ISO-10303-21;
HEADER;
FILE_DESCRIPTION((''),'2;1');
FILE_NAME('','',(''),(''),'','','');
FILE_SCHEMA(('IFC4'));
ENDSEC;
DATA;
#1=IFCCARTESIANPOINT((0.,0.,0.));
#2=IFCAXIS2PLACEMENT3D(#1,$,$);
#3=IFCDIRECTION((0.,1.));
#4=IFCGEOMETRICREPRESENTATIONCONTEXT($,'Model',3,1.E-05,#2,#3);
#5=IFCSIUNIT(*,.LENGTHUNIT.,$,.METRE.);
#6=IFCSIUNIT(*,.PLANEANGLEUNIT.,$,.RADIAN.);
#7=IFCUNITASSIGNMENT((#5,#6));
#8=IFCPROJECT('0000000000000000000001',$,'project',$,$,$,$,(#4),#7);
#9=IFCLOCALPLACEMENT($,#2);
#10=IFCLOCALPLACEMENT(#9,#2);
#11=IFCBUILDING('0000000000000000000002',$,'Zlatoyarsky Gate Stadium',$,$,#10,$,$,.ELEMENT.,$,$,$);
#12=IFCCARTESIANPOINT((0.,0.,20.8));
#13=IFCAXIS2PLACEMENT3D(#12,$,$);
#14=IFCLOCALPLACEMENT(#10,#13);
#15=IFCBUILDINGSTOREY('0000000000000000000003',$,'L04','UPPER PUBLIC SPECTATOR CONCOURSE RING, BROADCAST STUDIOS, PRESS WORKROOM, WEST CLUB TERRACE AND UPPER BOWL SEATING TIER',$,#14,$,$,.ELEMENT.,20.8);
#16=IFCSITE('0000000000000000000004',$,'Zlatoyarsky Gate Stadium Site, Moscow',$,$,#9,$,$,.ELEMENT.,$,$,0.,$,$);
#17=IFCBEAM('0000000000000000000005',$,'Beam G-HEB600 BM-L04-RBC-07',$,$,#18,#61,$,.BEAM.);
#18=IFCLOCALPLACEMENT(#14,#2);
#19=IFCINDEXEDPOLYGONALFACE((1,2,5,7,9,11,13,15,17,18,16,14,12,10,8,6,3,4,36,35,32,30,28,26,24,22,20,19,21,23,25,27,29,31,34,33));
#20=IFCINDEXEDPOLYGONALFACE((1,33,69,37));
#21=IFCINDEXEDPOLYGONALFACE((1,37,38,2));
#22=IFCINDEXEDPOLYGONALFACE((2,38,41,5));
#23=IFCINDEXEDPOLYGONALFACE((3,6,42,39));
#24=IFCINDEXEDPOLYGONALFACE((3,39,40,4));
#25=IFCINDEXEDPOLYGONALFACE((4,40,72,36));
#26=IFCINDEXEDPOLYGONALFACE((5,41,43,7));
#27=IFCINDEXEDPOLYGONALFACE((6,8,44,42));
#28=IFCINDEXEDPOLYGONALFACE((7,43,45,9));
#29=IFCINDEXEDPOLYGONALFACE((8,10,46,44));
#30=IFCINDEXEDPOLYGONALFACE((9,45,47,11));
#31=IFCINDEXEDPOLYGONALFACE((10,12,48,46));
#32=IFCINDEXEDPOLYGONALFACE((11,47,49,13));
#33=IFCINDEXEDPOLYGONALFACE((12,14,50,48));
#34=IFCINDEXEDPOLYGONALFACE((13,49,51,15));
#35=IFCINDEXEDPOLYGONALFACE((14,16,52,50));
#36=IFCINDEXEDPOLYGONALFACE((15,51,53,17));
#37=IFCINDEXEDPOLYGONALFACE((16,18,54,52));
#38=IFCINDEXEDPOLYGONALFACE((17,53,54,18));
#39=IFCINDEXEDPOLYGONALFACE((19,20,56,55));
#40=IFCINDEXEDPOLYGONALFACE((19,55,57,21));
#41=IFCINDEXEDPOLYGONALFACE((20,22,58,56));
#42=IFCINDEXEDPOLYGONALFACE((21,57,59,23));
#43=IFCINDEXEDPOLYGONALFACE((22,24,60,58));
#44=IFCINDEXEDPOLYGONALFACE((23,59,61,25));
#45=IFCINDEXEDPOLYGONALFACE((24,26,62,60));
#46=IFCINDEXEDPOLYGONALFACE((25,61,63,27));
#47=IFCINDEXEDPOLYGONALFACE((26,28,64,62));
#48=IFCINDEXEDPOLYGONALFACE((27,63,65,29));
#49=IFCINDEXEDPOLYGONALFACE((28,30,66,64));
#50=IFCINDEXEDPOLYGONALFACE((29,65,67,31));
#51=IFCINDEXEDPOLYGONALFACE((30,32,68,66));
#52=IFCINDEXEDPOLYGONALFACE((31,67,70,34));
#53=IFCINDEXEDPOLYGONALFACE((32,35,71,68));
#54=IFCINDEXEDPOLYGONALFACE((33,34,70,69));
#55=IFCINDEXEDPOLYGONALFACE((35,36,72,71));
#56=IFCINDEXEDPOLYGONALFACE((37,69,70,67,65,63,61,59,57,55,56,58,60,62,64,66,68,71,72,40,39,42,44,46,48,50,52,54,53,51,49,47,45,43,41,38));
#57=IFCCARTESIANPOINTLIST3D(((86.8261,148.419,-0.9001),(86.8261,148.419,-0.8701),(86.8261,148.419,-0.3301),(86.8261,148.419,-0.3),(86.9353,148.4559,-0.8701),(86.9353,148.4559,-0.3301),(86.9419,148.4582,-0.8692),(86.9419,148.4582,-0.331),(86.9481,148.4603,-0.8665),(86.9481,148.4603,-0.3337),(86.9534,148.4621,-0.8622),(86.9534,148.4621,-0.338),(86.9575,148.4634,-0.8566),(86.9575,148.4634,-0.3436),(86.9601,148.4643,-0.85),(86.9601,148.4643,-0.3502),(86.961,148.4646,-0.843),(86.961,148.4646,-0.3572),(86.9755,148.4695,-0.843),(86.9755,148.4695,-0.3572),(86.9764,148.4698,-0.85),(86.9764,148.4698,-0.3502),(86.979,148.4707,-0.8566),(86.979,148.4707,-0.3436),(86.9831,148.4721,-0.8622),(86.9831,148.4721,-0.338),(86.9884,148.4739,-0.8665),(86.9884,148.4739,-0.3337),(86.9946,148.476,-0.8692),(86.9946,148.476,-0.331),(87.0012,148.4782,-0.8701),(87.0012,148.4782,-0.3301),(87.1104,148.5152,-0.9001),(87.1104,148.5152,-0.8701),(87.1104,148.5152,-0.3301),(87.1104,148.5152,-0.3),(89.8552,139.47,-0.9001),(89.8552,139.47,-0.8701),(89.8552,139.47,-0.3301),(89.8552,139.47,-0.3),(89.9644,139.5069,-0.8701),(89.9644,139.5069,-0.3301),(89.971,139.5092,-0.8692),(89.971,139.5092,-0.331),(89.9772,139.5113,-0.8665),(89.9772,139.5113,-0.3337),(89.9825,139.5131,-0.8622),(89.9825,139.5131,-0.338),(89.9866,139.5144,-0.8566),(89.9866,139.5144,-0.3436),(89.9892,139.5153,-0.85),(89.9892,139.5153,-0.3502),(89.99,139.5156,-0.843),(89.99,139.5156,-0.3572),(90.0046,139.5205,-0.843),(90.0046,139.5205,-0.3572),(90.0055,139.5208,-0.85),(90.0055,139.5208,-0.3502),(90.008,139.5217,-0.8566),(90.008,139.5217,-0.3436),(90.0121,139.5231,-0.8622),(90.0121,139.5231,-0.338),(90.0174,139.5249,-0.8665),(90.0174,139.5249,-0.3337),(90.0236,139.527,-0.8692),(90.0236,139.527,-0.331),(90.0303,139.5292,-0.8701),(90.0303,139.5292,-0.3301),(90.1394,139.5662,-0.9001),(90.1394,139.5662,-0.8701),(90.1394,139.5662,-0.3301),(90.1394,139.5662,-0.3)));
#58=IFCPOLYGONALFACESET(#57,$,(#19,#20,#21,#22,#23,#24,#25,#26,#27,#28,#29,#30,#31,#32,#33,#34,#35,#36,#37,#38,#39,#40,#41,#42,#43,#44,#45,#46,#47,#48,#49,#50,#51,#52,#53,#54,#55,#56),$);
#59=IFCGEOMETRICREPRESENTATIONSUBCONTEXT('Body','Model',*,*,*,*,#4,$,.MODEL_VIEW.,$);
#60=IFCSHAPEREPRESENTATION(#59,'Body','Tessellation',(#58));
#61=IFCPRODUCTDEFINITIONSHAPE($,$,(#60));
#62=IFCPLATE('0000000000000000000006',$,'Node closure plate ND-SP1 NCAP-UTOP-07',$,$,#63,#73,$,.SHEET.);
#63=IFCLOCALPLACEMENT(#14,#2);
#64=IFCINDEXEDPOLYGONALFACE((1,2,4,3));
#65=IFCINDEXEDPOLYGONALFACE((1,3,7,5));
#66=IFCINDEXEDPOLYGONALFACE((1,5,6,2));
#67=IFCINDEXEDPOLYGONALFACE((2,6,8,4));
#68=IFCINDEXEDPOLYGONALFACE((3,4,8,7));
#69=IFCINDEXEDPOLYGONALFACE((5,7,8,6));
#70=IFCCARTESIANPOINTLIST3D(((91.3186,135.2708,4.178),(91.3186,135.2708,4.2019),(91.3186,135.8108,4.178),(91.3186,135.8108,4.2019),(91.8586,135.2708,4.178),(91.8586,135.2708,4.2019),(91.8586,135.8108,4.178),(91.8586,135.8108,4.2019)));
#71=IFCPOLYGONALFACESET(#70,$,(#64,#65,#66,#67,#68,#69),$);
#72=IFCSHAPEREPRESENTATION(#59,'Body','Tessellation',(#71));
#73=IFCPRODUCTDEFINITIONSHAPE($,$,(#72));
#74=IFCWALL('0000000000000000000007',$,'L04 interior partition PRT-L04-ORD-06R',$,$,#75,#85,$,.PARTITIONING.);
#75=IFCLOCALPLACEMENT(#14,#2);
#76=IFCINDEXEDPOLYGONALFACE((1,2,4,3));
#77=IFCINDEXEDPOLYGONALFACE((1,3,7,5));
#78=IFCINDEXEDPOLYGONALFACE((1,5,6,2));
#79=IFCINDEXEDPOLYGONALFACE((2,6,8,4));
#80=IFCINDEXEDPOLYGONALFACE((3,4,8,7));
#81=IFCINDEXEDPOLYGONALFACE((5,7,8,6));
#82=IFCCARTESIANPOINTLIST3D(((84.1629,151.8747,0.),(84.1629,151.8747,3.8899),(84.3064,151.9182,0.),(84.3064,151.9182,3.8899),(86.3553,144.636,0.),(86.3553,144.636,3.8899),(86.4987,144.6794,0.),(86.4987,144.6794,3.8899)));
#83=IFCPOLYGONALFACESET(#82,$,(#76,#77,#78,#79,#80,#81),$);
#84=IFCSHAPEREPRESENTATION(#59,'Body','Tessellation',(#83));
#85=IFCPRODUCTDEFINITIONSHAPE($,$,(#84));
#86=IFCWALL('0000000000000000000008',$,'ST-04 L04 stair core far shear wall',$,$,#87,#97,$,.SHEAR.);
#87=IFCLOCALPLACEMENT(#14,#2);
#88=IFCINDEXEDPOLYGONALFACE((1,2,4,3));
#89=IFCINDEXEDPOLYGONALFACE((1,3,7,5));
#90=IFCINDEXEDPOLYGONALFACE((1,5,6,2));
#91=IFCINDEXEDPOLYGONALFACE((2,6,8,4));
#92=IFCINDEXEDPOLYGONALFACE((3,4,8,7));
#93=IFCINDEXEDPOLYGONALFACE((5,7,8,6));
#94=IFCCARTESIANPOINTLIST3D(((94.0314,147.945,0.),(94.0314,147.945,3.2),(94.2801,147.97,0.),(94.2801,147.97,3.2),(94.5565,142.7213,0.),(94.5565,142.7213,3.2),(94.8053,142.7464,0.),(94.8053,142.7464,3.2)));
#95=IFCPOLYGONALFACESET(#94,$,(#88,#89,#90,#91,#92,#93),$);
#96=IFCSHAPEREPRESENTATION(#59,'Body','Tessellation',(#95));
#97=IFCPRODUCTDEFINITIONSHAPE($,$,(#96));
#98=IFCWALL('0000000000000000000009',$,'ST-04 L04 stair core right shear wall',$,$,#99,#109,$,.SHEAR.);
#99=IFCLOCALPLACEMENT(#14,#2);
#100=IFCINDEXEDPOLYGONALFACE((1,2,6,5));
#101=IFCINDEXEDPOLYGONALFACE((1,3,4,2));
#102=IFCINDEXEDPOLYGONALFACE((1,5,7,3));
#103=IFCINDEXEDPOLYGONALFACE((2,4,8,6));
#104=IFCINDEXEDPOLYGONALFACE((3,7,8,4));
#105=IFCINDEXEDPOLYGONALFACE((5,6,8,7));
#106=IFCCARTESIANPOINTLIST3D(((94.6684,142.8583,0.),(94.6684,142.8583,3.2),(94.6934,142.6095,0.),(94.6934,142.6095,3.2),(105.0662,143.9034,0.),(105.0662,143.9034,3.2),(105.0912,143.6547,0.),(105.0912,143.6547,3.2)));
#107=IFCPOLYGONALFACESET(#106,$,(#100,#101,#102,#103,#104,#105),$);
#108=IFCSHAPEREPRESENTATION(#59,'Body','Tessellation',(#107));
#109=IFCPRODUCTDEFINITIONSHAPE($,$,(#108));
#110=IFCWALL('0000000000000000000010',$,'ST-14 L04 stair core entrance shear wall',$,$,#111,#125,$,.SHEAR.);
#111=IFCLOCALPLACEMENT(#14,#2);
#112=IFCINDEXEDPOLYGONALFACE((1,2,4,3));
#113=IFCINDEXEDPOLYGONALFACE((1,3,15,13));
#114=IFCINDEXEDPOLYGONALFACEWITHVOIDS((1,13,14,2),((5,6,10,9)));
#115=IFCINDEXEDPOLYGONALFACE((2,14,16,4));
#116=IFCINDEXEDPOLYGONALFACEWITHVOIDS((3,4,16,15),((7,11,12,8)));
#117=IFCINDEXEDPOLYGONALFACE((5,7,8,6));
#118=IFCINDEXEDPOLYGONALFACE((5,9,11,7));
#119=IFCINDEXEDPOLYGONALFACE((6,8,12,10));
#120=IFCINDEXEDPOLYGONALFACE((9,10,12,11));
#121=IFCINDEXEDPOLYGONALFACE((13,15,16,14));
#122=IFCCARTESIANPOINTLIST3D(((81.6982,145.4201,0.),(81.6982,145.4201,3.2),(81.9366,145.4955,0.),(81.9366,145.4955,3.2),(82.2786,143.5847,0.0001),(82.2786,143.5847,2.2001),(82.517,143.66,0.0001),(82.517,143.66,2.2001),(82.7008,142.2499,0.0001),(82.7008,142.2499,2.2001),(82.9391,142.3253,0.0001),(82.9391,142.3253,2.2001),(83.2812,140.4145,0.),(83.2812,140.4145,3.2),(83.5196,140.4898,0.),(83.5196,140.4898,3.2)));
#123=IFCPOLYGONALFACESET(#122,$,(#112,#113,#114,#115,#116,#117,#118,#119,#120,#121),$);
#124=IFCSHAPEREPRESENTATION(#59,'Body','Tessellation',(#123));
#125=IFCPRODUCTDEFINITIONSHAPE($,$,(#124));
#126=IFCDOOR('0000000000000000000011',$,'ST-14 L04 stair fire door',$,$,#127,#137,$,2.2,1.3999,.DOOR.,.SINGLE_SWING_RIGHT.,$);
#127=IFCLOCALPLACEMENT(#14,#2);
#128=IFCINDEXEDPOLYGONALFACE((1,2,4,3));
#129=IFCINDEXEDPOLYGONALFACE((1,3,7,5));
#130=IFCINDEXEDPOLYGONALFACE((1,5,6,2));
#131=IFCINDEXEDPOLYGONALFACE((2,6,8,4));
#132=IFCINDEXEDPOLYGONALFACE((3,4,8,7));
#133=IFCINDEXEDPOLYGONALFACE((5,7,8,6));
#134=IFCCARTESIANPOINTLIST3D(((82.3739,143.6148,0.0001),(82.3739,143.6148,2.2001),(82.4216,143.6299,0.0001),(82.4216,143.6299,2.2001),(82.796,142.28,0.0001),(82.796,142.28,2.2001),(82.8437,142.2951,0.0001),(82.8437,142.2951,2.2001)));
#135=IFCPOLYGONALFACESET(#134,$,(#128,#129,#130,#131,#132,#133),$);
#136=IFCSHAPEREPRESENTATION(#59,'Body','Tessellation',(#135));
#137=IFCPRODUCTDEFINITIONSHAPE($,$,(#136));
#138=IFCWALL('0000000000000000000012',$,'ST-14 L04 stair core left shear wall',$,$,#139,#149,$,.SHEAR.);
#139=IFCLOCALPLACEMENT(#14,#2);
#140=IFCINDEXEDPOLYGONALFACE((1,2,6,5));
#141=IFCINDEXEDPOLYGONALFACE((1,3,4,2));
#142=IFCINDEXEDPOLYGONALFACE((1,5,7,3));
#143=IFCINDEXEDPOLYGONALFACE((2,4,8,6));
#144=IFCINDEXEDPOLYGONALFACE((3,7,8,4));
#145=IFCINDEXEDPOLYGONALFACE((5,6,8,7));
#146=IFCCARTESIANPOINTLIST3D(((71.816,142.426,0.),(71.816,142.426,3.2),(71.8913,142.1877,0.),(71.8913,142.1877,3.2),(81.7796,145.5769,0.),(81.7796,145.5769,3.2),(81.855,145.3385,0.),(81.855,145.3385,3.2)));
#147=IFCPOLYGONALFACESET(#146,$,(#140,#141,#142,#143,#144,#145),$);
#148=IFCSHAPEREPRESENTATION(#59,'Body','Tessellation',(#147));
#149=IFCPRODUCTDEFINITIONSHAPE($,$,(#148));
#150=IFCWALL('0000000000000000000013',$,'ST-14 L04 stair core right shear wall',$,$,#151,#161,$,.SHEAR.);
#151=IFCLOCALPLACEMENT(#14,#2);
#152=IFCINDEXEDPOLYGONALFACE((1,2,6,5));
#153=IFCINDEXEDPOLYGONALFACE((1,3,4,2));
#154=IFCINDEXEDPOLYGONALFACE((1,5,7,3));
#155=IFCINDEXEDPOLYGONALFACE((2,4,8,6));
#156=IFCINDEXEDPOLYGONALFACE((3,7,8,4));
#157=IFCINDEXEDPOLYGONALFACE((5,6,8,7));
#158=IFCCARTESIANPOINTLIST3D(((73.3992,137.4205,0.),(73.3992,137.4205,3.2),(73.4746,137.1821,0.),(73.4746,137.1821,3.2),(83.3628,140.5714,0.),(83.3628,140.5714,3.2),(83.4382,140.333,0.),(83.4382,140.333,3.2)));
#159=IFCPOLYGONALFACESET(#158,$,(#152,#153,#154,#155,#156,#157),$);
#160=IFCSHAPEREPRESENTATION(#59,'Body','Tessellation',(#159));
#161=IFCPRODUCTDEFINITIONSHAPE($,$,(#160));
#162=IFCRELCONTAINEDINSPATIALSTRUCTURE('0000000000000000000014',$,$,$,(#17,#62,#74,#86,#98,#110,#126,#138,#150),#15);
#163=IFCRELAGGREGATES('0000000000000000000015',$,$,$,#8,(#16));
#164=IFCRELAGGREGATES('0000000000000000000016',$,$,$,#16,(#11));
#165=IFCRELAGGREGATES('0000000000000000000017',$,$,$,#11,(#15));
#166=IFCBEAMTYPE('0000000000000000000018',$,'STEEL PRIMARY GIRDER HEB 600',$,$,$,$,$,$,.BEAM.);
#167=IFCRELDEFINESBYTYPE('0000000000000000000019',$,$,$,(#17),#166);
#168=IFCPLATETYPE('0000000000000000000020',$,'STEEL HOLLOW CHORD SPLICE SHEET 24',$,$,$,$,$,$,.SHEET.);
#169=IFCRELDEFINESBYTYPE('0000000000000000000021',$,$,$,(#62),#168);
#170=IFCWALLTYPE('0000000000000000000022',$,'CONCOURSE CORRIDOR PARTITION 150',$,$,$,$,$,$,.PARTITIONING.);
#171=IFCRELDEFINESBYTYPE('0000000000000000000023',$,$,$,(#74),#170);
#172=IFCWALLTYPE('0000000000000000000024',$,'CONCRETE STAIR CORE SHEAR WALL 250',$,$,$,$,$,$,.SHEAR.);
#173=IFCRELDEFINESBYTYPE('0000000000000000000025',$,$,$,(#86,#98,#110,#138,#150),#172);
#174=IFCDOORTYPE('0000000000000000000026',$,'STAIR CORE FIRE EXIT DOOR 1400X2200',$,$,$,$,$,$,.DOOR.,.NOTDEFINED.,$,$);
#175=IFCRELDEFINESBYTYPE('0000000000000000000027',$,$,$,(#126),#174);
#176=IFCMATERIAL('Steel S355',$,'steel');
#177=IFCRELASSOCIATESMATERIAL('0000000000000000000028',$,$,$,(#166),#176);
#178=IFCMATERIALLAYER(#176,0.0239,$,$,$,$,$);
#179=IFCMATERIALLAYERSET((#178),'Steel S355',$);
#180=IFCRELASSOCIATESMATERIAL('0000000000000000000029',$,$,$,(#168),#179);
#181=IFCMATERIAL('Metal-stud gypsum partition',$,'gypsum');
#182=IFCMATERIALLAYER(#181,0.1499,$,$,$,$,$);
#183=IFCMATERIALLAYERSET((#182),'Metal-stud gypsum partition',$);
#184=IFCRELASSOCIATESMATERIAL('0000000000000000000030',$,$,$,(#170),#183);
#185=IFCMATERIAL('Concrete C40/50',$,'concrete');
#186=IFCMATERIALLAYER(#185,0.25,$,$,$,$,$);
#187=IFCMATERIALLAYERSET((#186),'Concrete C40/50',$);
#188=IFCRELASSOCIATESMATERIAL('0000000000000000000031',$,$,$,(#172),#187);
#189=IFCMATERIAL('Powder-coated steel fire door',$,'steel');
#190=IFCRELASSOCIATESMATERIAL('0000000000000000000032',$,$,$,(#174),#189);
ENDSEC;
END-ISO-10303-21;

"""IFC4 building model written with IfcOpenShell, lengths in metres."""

from ifc_helpers import new_model, si_unit, direction, frame, frame_2d, origin, origin_2d, place, context, subcontext, project, spatial, rectangle, i_section, extrude, material, layer, layer_set, material_profile, profile_set, type_object, element, fill, save


model = new_model("IFC4")

# Units and contexts
model_context = context("Model", 3, precision=1e-05, world=origin(), true_north=direction((0.0, 1.0)))
body_context = subcontext(model_context, "Body", "Model", "MODEL_VIEW")
ifc_project = project(units=[si_unit("LENGTHUNIT", "METRE"), si_unit("PLANEANGLEUNIT", "RADIAN")], contexts=[model_context])

# Site, building, storey
site_placement = place(None, origin())
site = spatial("IfcSite", under=ifc_project, at=site_placement, Name="Zlatoyarsky Gate Stadium Site, Moscow", CompositionType="ELEMENT", RefElevation=0.0)
building_placement = place(site_placement, origin())
building = spatial("IfcBuilding", under=site, at=building_placement, Name="Zlatoyarsky Gate Stadium", CompositionType="ELEMENT")
storey_placement = place(building_placement, frame((0.0, 0.0, 20.8)))
storey = spatial("IfcBuildingStorey", under=building, at=storey_placement, Name="L04", Description="UPPER PUBLIC SPECTATOR CONCOURSE RING, BROADCAST STUDIOS, PRESS WORKROOM, WEST CLUB TERRACE AND UPPER BOWL SEATING TIER", CompositionType="ELEMENT", Elevation=20.8)

# Shared definitions
ifc_material_1 = material(Name="Steel S355", Category="steel")

# Beam
ifc_material_2 = material(Name="Concrete C40/50", Category="concrete")
ifc_material_profile_1 = material_profile(ifc_material_1, i_section(OverallWidth=0.3, OverallDepth=0.6001, WebThickness=0.0154, FlangeThickness=0.03, FilletRadius=0.0271, at=origin_2d()), Name="HEB 600")
ifc_profile_set_1 = profile_set([ifc_material_profile_1], Name="Steel S355")
beam_type_1 = type_object("IfcBeamType", Name="STEEL PRIMARY GIRDER HEB 600", PredefinedType="BEAM", material=ifc_profile_set_1)
beam_1_placement = place(storey_placement, frame((89.9973, 139.5181, -0.6001), z_axis=(-0.320612, 0.947211, 0.0), x_axis=(-0.947211, -0.320612, 0.0)))
element("IfcBeam", 1, at=beam_1_placement, inside=storey, type_object=beam_type_1, Name="Beam G-HEB600 BM-L04-RBC-07", PredefinedType="BEAM", context=body_context, shape_type="SweptSolid", body=[
    extrude(i_section(OverallWidth=0.3, OverallDepth=0.6001, WebThickness=0.0154, FlangeThickness=0.03, FilletRadius=0.0271, at=origin_2d()), origin(), (0.0, 0.0, 1.0), 9.4478),
])

# Plate
ifc_layer_1 = layer(ifc_material_1, 0.0239)
ifc_layer_set_1 = layer_set([ifc_layer_1], Name="Steel S355")
plate_type = type_object("IfcPlateType", Name="STEEL HOLLOW CHORD SPLICE SHEET 24", PredefinedType="SHEET", material=ifc_layer_set_1)
plate_placement = place(storey_placement, frame((91.5886, 135.5408, 4.178), z_axis=(0.0, 0.0, 1.0), x_axis=(1.0, 0.0, 0.0)))
element("IfcPlate", 2, at=plate_placement, inside=storey, type_object=plate_type, Name="Node closure plate ND-SP1 NCAP-UTOP-07", PredefinedType="SHEET", context=body_context, shape_type="SweptSolid", body=[
    extrude(rectangle(XDim=0.54, YDim=0.54, at=origin_2d()), origin(), (0.0, 0.0, 1.0), 0.0239),
])

# Walls
ifc_material_3 = material(Name="Metal-stud gypsum partition", Category="gypsum")
ifc_layer_2 = layer(ifc_material_3, 0.1499)
ifc_layer_set_2 = layer_set([ifc_layer_2], Name="Metal-stud gypsum partition")
wall_type_1 = type_object("IfcWallType", Name="CONCOURSE CORRIDOR PARTITION 150", PredefinedType="PARTITIONING", material=ifc_layer_set_2)
wall_1_placement = place(storey_placement, frame((86.427, 144.6577, 0.0), z_axis=(0.0, 0.0, 1.0), x_axis=(-0.289864, 0.957068, 0.0)))
element("IfcWall", 3, at=wall_1_placement, inside=storey, type_object=wall_type_1, Name="L04 interior partition PRT-L04-ORD-06R", PredefinedType="PARTITIONING", context=body_context, shape_type="SweptSolid", body=[
    extrude(rectangle(XDim=7.5635, YDim=0.1499, at=frame_2d((3.7817, 0.0))), origin(), (0.0, 0.0, 1.0), 3.8899),
])
ifc_layer_3 = layer(ifc_material_2, 0.25)
ifc_layer_set_3 = layer_set([ifc_layer_3], Name="Concrete C40/50")
wall_type_2 = type_object("IfcWallType", Name="CONCRETE STAIR CORE SHEAR WALL 250", PredefinedType="SHEAR", material=ifc_layer_set_3)
wall_2_placement = place(storey_placement, frame((94.1558, 147.9575, 0.0), z_axis=(0.0, 0.0, 1.0), x_axis=(0.100029, -0.994985, 0.0)))
element("IfcWall", 4, at=wall_2_placement, inside=storey, type_object=wall_type_2, Name="ST-04 L04 stair core far shear wall", PredefinedType="SHEAR", context=body_context, shape_type="SweptSolid", body=[
    extrude(rectangle(XDim=5.25, YDim=0.25, at=frame_2d((2.625, 0.0))), origin(), (0.0, 0.0, 1.0), 3.2),
])
wall_3_placement = place(storey_placement, frame((94.6809, 142.7339, 0.0), z_axis=(0.0, 0.0, 1.0), x_axis=(0.994986, 0.100015, 0.0)))
element("IfcWall", 5, at=wall_3_placement, inside=storey, type_object=wall_type_2, Name="ST-04 L04 stair core right shear wall", PredefinedType="SHEAR", context=body_context, shape_type="SweptSolid", body=[
    extrude(rectangle(XDim=10.4502, YDim=0.25, at=frame_2d((5.2251, 0.0))), origin(), (0.0, 0.0, 1.0), 3.2),
])

# Wall, opening, door
wall_4_placement = place(storey_placement, frame((83.4004, 140.4521, 0.0), z_axis=(0.0, 0.0, 1.0), x_axis=(-0.301527, 0.953457, 0.0)))
wall_4 = element("IfcWall", 6, at=wall_4_placement, inside=storey, type_object=wall_type_2, Name="ST-14 L04 stair core entrance shear wall", PredefinedType="SHEAR", context=body_context, shape_type="SweptSolid", body=[
    extrude(rectangle(XDim=5.25, YDim=0.25, at=frame_2d((2.625, 0.0))), origin(), (0.0, 0.0, 1.0), 3.2),
])
opening_1_placement = place(wall_4_placement, frame((1.925, 0.0, 0.0)))
opening_1 = element("IfcOpeningElement", 7, at=opening_1_placement, cuts=wall_4, PredefinedType="OPENING", context=body_context, shape_type="SweptSolid", body=[
    extrude(rectangle(XDim=1.3999, YDim=2.2, at=frame_2d((0.7, 1.1001))), frame((0.0, 0.135, 0.0), z_axis=(0.0, -1.0, 0.0), x_axis=(1.0, 0.0, 0.0)), (0.0, 0.0, 1.0), 0.27),
])
ifc_material_4 = material(Name="Powder-coated steel fire door", Category="steel")
door_type_1 = type_object("IfcDoorType", Name="STAIR CORE FIRE EXIT DOOR 1400X2200", OperationType="NOTDEFINED", PredefinedType="DOOR", material=ifc_material_4)
door_1_placement = place(opening_1_placement, frame((1.3999, 0.0, 0.0), z_axis=(0.0, 0.0, 1.0), x_axis=(-1.0, 0.0, 0.0)))
door_1 = element("IfcDoor", 8, at=door_1_placement, inside=storey, type_object=door_type_1, Name="ST-14 L04 stair fire door", OperationType="SINGLE_SWING_RIGHT", OverallHeight=2.2, OverallWidth=1.3999, PredefinedType="DOOR", context=body_context, shape_type="SweptSolid", body=[
    extrude(rectangle(XDim=1.3999, YDim=2.2, at=frame_2d((0.7, 1.1001))), frame((0.0, 0.0249, 0.0), z_axis=(0.0, -1.0, 0.0), x_axis=(1.0, 0.0, 0.0)), (0.0, 0.0, 1.0), 0.05),
])
fill(opening_1, door_1)

# Walls
for number, where, z_axis, x_axis, name in (
    (9, (81.8174, 145.4578, 0.0), (0.0, 0.0, 1.0), (-0.95346, -0.30152, 0.0), "ST-14 L04 stair core left shear wall"),
    (10, (73.4368, 137.3013, 0.0), (0.0, 0.0, 1.0), (0.95346, 0.30152, 0.0), "ST-14 L04 stair core right shear wall"),
):
    element("IfcWall", number, at=place(storey_placement, frame(where, z_axis=z_axis, x_axis=x_axis)), inside=storey, type_object=wall_type_2, Name=name, PredefinedType="SHEAR", context=body_context, shape_type="SweptSolid", body=[
        extrude(rectangle(XDim=10.45, YDim=0.25, at=frame_2d((5.2251, 0.0))), origin(), (0.0, 0.0, 1.0), 3.2),
    ])

save(model, "model.ifc")
